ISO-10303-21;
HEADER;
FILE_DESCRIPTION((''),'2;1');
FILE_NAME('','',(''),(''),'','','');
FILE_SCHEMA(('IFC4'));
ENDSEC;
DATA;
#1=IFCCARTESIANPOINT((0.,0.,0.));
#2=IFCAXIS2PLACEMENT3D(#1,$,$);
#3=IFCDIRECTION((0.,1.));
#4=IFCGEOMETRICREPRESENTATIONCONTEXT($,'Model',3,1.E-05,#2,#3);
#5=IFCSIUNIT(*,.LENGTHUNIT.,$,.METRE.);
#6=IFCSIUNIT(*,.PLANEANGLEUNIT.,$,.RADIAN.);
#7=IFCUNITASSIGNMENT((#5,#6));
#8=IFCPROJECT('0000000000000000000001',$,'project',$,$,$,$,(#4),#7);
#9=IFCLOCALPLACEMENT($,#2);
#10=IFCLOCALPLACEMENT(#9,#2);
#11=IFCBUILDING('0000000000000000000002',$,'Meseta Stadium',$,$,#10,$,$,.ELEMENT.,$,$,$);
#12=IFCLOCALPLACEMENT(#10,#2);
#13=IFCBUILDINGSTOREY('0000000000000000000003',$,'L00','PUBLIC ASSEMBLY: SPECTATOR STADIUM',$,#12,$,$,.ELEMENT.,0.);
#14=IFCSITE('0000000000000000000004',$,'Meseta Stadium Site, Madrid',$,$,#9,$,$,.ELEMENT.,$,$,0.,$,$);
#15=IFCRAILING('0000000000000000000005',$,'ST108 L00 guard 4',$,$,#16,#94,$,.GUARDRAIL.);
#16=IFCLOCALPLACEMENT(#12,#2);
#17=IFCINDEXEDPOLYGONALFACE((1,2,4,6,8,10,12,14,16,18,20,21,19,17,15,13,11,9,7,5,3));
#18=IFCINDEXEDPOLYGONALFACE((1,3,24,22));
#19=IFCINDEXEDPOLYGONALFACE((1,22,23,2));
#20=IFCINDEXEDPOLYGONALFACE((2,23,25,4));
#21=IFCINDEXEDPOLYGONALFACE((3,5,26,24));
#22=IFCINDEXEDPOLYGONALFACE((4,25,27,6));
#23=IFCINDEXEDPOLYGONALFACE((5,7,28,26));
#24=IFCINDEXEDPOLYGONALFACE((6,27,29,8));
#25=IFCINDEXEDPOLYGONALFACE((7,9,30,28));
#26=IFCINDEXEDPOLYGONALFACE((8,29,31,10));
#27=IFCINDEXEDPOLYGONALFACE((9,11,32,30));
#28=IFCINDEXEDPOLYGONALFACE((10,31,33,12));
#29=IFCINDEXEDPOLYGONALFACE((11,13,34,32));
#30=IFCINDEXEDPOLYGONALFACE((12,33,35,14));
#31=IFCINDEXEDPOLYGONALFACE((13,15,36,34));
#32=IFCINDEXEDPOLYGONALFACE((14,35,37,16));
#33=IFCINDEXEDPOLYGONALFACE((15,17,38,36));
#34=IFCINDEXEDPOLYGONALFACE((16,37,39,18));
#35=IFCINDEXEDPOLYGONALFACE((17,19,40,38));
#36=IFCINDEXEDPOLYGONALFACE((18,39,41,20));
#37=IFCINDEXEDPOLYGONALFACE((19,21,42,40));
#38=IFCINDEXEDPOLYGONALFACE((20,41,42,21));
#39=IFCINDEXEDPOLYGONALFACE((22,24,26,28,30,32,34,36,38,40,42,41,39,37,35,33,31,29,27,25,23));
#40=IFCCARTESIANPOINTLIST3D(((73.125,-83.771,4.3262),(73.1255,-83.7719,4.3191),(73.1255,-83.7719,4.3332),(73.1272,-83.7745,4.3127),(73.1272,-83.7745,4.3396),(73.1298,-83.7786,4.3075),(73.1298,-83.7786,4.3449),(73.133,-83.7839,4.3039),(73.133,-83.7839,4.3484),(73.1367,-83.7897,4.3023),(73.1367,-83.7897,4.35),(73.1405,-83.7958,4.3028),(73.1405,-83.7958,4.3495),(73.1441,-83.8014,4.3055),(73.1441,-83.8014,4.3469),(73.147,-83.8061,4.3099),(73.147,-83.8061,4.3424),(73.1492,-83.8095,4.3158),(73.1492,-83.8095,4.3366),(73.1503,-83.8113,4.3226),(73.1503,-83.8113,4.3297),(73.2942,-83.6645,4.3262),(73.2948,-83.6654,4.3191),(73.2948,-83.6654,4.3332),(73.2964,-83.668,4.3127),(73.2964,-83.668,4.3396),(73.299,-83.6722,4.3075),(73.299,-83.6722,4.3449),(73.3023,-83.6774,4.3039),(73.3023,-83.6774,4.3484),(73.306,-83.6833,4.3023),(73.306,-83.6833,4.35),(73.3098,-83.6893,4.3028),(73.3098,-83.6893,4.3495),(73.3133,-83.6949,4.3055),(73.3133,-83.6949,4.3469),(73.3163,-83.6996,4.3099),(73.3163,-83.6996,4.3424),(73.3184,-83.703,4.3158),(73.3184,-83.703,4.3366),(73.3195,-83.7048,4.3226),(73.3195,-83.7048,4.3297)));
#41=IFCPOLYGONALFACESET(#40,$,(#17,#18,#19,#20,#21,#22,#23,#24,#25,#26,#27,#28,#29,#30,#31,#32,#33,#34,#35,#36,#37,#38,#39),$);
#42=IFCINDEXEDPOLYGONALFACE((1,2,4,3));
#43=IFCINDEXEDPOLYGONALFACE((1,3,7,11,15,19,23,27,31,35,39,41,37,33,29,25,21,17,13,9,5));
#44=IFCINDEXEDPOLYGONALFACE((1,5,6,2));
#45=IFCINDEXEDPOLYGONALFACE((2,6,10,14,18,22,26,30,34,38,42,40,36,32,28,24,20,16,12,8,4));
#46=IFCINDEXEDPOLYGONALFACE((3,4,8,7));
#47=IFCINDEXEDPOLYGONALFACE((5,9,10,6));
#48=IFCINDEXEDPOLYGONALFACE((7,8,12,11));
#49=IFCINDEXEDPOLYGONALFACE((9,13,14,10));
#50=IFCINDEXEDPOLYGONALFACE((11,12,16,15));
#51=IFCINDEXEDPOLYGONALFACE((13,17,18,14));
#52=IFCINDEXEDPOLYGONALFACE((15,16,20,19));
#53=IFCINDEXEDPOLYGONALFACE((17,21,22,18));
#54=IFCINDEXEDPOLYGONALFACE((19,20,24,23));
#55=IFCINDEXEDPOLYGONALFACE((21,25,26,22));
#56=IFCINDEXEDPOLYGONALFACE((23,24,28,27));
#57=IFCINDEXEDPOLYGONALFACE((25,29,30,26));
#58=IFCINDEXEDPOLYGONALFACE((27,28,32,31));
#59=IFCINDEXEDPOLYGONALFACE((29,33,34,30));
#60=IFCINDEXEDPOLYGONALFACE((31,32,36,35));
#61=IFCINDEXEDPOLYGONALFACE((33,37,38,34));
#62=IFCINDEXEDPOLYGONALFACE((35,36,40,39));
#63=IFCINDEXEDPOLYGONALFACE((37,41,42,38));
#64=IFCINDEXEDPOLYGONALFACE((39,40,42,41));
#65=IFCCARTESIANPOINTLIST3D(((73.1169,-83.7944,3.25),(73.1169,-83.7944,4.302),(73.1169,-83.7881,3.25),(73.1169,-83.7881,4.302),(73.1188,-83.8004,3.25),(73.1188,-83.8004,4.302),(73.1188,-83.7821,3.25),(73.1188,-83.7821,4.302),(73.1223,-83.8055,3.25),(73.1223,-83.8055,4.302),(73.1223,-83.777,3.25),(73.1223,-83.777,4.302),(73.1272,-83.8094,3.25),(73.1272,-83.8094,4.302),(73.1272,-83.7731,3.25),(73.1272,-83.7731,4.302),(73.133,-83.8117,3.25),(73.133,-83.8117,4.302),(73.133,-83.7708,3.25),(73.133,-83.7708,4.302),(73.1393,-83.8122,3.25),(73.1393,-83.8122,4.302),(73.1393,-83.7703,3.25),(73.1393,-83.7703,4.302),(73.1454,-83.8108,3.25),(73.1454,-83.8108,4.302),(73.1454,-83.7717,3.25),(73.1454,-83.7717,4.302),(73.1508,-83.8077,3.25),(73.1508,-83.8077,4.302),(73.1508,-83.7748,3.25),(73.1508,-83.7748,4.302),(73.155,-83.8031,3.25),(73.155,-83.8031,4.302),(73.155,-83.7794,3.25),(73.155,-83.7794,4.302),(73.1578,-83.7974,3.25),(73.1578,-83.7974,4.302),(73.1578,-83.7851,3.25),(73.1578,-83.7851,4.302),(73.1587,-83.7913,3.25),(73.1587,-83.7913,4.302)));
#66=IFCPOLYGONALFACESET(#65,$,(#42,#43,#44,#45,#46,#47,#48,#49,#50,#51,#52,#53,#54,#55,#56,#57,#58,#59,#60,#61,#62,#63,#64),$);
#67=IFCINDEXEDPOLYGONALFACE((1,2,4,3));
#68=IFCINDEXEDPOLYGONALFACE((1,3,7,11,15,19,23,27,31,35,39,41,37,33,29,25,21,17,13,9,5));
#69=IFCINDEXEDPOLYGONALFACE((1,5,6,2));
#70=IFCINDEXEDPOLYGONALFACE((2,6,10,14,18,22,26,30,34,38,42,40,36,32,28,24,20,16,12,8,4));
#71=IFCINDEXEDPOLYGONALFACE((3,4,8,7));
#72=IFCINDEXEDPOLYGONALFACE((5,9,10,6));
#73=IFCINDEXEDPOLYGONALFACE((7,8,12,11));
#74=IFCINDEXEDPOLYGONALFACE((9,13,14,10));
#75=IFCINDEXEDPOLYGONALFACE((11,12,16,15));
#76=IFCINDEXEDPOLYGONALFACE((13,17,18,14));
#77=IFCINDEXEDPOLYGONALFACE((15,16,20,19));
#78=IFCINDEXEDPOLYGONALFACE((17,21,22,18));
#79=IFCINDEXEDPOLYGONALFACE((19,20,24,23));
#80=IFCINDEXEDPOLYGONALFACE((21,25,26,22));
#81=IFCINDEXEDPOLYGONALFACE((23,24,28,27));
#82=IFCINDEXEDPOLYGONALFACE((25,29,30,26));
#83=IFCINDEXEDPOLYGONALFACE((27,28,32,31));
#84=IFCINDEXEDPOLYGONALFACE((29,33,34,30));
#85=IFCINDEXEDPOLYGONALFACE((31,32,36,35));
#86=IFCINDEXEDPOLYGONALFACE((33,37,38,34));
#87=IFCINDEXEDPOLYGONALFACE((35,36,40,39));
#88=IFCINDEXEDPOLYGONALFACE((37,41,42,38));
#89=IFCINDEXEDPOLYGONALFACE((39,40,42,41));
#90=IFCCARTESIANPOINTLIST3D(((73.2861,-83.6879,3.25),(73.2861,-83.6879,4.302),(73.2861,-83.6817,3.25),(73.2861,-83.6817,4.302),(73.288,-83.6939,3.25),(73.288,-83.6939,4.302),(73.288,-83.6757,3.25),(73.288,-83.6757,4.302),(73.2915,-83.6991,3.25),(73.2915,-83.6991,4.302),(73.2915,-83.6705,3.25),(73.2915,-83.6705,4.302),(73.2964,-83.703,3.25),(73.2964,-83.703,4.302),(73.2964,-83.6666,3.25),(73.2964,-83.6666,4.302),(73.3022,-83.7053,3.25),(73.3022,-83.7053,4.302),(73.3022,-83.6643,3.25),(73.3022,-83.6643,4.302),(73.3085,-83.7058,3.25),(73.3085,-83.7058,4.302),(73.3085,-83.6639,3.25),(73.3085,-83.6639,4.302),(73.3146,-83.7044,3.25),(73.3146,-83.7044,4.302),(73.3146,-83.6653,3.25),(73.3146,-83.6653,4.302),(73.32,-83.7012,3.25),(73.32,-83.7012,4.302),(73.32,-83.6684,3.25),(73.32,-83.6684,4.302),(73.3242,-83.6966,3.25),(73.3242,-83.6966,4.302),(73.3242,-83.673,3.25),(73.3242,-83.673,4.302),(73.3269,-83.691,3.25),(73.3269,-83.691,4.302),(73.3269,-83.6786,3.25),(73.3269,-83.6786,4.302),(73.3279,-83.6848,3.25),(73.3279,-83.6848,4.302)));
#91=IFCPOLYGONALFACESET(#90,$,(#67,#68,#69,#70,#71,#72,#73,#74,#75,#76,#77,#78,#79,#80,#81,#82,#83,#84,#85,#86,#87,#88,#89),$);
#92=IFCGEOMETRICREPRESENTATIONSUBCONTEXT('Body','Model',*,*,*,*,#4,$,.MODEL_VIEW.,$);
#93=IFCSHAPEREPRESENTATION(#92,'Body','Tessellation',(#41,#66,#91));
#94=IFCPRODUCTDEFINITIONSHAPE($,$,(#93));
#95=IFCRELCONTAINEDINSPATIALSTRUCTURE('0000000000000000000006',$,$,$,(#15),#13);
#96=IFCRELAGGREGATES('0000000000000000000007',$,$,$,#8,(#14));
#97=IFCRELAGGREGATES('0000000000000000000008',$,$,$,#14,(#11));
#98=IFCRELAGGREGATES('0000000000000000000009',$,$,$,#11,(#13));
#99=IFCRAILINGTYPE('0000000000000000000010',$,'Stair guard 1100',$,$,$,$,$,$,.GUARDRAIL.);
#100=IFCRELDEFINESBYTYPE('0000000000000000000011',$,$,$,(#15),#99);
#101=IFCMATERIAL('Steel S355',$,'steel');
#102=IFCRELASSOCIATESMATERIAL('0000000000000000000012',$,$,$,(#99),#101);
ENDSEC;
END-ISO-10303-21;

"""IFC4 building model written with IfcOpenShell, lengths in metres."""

from ifc_helpers import new_model, si_unit, direction, frame, origin, origin_2d, place, context, subcontext, project, spatial, circle, extrude, material, type_object, element, save


model = new_model("IFC4")

# Units and contexts
model_context = context("Model", 3, precision=1e-05, world=origin(), true_north=direction((0.0, 1.0)))
body_context = subcontext(model_context, "Body", "Model", "MODEL_VIEW")
ifc_project = project(units=[si_unit("LENGTHUNIT", "METRE"), si_unit("PLANEANGLEUNIT", "RADIAN")], contexts=[model_context])

# Site, building, storey
site_placement = place(None, origin())
site = spatial("IfcSite", under=ifc_project, at=site_placement, Name="Meseta Stadium Site, Madrid", CompositionType="ELEMENT", RefElevation=0.0)
building_placement = place(site_placement, origin())
building = spatial("IfcBuilding", under=site, at=building_placement, Name="Meseta Stadium", CompositionType="ELEMENT")
storey_placement = place(building_placement, origin())
storey = spatial("IfcBuildingStorey", under=building, at=storey_placement, Name="L00", Description="PUBLIC ASSEMBLY: SPECTATOR STADIUM", CompositionType="ELEMENT", Elevation=0.0)

# Railing
ifc_material_1 = material(Name="Steel S355", Category="steel")
railing_type_1 = type_object("IfcRailingType", Name="Stair guard 1100", PredefinedType="GUARDRAIL", material=ifc_material_1)
railing_1_placement = place(storey_placement, frame((73.1377, -83.7913, 3.25)))
element("IfcRailing", 1, at=railing_1_placement, inside=storey, type_object=railing_type_1, Name="ST108 L00 guard 4", PredefinedType="GUARDRAIL", context=body_context, shape_type="SweptSolid", body=[
    extrude(circle(Radius=0.0239, at=origin_2d()), frame((0.0, 0.0, 1.0762), z_axis=(0.846416, 0.532522, 0.0), x_axis=(-0.532522, 0.846416, 0.0)), (0.0, 0.0, 1.0), 0.2),
    extrude(circle(Radius=0.021, at=origin_2d()), origin(), (0.0, 0.0, 1.0), 1.052),
    extrude(circle(Radius=0.021, at=origin_2d()), frame((0.1692, 0.1064, 0.0)), (0.0, 0.0, 1.0), 1.052),
])

save(model, "model.ifc")
